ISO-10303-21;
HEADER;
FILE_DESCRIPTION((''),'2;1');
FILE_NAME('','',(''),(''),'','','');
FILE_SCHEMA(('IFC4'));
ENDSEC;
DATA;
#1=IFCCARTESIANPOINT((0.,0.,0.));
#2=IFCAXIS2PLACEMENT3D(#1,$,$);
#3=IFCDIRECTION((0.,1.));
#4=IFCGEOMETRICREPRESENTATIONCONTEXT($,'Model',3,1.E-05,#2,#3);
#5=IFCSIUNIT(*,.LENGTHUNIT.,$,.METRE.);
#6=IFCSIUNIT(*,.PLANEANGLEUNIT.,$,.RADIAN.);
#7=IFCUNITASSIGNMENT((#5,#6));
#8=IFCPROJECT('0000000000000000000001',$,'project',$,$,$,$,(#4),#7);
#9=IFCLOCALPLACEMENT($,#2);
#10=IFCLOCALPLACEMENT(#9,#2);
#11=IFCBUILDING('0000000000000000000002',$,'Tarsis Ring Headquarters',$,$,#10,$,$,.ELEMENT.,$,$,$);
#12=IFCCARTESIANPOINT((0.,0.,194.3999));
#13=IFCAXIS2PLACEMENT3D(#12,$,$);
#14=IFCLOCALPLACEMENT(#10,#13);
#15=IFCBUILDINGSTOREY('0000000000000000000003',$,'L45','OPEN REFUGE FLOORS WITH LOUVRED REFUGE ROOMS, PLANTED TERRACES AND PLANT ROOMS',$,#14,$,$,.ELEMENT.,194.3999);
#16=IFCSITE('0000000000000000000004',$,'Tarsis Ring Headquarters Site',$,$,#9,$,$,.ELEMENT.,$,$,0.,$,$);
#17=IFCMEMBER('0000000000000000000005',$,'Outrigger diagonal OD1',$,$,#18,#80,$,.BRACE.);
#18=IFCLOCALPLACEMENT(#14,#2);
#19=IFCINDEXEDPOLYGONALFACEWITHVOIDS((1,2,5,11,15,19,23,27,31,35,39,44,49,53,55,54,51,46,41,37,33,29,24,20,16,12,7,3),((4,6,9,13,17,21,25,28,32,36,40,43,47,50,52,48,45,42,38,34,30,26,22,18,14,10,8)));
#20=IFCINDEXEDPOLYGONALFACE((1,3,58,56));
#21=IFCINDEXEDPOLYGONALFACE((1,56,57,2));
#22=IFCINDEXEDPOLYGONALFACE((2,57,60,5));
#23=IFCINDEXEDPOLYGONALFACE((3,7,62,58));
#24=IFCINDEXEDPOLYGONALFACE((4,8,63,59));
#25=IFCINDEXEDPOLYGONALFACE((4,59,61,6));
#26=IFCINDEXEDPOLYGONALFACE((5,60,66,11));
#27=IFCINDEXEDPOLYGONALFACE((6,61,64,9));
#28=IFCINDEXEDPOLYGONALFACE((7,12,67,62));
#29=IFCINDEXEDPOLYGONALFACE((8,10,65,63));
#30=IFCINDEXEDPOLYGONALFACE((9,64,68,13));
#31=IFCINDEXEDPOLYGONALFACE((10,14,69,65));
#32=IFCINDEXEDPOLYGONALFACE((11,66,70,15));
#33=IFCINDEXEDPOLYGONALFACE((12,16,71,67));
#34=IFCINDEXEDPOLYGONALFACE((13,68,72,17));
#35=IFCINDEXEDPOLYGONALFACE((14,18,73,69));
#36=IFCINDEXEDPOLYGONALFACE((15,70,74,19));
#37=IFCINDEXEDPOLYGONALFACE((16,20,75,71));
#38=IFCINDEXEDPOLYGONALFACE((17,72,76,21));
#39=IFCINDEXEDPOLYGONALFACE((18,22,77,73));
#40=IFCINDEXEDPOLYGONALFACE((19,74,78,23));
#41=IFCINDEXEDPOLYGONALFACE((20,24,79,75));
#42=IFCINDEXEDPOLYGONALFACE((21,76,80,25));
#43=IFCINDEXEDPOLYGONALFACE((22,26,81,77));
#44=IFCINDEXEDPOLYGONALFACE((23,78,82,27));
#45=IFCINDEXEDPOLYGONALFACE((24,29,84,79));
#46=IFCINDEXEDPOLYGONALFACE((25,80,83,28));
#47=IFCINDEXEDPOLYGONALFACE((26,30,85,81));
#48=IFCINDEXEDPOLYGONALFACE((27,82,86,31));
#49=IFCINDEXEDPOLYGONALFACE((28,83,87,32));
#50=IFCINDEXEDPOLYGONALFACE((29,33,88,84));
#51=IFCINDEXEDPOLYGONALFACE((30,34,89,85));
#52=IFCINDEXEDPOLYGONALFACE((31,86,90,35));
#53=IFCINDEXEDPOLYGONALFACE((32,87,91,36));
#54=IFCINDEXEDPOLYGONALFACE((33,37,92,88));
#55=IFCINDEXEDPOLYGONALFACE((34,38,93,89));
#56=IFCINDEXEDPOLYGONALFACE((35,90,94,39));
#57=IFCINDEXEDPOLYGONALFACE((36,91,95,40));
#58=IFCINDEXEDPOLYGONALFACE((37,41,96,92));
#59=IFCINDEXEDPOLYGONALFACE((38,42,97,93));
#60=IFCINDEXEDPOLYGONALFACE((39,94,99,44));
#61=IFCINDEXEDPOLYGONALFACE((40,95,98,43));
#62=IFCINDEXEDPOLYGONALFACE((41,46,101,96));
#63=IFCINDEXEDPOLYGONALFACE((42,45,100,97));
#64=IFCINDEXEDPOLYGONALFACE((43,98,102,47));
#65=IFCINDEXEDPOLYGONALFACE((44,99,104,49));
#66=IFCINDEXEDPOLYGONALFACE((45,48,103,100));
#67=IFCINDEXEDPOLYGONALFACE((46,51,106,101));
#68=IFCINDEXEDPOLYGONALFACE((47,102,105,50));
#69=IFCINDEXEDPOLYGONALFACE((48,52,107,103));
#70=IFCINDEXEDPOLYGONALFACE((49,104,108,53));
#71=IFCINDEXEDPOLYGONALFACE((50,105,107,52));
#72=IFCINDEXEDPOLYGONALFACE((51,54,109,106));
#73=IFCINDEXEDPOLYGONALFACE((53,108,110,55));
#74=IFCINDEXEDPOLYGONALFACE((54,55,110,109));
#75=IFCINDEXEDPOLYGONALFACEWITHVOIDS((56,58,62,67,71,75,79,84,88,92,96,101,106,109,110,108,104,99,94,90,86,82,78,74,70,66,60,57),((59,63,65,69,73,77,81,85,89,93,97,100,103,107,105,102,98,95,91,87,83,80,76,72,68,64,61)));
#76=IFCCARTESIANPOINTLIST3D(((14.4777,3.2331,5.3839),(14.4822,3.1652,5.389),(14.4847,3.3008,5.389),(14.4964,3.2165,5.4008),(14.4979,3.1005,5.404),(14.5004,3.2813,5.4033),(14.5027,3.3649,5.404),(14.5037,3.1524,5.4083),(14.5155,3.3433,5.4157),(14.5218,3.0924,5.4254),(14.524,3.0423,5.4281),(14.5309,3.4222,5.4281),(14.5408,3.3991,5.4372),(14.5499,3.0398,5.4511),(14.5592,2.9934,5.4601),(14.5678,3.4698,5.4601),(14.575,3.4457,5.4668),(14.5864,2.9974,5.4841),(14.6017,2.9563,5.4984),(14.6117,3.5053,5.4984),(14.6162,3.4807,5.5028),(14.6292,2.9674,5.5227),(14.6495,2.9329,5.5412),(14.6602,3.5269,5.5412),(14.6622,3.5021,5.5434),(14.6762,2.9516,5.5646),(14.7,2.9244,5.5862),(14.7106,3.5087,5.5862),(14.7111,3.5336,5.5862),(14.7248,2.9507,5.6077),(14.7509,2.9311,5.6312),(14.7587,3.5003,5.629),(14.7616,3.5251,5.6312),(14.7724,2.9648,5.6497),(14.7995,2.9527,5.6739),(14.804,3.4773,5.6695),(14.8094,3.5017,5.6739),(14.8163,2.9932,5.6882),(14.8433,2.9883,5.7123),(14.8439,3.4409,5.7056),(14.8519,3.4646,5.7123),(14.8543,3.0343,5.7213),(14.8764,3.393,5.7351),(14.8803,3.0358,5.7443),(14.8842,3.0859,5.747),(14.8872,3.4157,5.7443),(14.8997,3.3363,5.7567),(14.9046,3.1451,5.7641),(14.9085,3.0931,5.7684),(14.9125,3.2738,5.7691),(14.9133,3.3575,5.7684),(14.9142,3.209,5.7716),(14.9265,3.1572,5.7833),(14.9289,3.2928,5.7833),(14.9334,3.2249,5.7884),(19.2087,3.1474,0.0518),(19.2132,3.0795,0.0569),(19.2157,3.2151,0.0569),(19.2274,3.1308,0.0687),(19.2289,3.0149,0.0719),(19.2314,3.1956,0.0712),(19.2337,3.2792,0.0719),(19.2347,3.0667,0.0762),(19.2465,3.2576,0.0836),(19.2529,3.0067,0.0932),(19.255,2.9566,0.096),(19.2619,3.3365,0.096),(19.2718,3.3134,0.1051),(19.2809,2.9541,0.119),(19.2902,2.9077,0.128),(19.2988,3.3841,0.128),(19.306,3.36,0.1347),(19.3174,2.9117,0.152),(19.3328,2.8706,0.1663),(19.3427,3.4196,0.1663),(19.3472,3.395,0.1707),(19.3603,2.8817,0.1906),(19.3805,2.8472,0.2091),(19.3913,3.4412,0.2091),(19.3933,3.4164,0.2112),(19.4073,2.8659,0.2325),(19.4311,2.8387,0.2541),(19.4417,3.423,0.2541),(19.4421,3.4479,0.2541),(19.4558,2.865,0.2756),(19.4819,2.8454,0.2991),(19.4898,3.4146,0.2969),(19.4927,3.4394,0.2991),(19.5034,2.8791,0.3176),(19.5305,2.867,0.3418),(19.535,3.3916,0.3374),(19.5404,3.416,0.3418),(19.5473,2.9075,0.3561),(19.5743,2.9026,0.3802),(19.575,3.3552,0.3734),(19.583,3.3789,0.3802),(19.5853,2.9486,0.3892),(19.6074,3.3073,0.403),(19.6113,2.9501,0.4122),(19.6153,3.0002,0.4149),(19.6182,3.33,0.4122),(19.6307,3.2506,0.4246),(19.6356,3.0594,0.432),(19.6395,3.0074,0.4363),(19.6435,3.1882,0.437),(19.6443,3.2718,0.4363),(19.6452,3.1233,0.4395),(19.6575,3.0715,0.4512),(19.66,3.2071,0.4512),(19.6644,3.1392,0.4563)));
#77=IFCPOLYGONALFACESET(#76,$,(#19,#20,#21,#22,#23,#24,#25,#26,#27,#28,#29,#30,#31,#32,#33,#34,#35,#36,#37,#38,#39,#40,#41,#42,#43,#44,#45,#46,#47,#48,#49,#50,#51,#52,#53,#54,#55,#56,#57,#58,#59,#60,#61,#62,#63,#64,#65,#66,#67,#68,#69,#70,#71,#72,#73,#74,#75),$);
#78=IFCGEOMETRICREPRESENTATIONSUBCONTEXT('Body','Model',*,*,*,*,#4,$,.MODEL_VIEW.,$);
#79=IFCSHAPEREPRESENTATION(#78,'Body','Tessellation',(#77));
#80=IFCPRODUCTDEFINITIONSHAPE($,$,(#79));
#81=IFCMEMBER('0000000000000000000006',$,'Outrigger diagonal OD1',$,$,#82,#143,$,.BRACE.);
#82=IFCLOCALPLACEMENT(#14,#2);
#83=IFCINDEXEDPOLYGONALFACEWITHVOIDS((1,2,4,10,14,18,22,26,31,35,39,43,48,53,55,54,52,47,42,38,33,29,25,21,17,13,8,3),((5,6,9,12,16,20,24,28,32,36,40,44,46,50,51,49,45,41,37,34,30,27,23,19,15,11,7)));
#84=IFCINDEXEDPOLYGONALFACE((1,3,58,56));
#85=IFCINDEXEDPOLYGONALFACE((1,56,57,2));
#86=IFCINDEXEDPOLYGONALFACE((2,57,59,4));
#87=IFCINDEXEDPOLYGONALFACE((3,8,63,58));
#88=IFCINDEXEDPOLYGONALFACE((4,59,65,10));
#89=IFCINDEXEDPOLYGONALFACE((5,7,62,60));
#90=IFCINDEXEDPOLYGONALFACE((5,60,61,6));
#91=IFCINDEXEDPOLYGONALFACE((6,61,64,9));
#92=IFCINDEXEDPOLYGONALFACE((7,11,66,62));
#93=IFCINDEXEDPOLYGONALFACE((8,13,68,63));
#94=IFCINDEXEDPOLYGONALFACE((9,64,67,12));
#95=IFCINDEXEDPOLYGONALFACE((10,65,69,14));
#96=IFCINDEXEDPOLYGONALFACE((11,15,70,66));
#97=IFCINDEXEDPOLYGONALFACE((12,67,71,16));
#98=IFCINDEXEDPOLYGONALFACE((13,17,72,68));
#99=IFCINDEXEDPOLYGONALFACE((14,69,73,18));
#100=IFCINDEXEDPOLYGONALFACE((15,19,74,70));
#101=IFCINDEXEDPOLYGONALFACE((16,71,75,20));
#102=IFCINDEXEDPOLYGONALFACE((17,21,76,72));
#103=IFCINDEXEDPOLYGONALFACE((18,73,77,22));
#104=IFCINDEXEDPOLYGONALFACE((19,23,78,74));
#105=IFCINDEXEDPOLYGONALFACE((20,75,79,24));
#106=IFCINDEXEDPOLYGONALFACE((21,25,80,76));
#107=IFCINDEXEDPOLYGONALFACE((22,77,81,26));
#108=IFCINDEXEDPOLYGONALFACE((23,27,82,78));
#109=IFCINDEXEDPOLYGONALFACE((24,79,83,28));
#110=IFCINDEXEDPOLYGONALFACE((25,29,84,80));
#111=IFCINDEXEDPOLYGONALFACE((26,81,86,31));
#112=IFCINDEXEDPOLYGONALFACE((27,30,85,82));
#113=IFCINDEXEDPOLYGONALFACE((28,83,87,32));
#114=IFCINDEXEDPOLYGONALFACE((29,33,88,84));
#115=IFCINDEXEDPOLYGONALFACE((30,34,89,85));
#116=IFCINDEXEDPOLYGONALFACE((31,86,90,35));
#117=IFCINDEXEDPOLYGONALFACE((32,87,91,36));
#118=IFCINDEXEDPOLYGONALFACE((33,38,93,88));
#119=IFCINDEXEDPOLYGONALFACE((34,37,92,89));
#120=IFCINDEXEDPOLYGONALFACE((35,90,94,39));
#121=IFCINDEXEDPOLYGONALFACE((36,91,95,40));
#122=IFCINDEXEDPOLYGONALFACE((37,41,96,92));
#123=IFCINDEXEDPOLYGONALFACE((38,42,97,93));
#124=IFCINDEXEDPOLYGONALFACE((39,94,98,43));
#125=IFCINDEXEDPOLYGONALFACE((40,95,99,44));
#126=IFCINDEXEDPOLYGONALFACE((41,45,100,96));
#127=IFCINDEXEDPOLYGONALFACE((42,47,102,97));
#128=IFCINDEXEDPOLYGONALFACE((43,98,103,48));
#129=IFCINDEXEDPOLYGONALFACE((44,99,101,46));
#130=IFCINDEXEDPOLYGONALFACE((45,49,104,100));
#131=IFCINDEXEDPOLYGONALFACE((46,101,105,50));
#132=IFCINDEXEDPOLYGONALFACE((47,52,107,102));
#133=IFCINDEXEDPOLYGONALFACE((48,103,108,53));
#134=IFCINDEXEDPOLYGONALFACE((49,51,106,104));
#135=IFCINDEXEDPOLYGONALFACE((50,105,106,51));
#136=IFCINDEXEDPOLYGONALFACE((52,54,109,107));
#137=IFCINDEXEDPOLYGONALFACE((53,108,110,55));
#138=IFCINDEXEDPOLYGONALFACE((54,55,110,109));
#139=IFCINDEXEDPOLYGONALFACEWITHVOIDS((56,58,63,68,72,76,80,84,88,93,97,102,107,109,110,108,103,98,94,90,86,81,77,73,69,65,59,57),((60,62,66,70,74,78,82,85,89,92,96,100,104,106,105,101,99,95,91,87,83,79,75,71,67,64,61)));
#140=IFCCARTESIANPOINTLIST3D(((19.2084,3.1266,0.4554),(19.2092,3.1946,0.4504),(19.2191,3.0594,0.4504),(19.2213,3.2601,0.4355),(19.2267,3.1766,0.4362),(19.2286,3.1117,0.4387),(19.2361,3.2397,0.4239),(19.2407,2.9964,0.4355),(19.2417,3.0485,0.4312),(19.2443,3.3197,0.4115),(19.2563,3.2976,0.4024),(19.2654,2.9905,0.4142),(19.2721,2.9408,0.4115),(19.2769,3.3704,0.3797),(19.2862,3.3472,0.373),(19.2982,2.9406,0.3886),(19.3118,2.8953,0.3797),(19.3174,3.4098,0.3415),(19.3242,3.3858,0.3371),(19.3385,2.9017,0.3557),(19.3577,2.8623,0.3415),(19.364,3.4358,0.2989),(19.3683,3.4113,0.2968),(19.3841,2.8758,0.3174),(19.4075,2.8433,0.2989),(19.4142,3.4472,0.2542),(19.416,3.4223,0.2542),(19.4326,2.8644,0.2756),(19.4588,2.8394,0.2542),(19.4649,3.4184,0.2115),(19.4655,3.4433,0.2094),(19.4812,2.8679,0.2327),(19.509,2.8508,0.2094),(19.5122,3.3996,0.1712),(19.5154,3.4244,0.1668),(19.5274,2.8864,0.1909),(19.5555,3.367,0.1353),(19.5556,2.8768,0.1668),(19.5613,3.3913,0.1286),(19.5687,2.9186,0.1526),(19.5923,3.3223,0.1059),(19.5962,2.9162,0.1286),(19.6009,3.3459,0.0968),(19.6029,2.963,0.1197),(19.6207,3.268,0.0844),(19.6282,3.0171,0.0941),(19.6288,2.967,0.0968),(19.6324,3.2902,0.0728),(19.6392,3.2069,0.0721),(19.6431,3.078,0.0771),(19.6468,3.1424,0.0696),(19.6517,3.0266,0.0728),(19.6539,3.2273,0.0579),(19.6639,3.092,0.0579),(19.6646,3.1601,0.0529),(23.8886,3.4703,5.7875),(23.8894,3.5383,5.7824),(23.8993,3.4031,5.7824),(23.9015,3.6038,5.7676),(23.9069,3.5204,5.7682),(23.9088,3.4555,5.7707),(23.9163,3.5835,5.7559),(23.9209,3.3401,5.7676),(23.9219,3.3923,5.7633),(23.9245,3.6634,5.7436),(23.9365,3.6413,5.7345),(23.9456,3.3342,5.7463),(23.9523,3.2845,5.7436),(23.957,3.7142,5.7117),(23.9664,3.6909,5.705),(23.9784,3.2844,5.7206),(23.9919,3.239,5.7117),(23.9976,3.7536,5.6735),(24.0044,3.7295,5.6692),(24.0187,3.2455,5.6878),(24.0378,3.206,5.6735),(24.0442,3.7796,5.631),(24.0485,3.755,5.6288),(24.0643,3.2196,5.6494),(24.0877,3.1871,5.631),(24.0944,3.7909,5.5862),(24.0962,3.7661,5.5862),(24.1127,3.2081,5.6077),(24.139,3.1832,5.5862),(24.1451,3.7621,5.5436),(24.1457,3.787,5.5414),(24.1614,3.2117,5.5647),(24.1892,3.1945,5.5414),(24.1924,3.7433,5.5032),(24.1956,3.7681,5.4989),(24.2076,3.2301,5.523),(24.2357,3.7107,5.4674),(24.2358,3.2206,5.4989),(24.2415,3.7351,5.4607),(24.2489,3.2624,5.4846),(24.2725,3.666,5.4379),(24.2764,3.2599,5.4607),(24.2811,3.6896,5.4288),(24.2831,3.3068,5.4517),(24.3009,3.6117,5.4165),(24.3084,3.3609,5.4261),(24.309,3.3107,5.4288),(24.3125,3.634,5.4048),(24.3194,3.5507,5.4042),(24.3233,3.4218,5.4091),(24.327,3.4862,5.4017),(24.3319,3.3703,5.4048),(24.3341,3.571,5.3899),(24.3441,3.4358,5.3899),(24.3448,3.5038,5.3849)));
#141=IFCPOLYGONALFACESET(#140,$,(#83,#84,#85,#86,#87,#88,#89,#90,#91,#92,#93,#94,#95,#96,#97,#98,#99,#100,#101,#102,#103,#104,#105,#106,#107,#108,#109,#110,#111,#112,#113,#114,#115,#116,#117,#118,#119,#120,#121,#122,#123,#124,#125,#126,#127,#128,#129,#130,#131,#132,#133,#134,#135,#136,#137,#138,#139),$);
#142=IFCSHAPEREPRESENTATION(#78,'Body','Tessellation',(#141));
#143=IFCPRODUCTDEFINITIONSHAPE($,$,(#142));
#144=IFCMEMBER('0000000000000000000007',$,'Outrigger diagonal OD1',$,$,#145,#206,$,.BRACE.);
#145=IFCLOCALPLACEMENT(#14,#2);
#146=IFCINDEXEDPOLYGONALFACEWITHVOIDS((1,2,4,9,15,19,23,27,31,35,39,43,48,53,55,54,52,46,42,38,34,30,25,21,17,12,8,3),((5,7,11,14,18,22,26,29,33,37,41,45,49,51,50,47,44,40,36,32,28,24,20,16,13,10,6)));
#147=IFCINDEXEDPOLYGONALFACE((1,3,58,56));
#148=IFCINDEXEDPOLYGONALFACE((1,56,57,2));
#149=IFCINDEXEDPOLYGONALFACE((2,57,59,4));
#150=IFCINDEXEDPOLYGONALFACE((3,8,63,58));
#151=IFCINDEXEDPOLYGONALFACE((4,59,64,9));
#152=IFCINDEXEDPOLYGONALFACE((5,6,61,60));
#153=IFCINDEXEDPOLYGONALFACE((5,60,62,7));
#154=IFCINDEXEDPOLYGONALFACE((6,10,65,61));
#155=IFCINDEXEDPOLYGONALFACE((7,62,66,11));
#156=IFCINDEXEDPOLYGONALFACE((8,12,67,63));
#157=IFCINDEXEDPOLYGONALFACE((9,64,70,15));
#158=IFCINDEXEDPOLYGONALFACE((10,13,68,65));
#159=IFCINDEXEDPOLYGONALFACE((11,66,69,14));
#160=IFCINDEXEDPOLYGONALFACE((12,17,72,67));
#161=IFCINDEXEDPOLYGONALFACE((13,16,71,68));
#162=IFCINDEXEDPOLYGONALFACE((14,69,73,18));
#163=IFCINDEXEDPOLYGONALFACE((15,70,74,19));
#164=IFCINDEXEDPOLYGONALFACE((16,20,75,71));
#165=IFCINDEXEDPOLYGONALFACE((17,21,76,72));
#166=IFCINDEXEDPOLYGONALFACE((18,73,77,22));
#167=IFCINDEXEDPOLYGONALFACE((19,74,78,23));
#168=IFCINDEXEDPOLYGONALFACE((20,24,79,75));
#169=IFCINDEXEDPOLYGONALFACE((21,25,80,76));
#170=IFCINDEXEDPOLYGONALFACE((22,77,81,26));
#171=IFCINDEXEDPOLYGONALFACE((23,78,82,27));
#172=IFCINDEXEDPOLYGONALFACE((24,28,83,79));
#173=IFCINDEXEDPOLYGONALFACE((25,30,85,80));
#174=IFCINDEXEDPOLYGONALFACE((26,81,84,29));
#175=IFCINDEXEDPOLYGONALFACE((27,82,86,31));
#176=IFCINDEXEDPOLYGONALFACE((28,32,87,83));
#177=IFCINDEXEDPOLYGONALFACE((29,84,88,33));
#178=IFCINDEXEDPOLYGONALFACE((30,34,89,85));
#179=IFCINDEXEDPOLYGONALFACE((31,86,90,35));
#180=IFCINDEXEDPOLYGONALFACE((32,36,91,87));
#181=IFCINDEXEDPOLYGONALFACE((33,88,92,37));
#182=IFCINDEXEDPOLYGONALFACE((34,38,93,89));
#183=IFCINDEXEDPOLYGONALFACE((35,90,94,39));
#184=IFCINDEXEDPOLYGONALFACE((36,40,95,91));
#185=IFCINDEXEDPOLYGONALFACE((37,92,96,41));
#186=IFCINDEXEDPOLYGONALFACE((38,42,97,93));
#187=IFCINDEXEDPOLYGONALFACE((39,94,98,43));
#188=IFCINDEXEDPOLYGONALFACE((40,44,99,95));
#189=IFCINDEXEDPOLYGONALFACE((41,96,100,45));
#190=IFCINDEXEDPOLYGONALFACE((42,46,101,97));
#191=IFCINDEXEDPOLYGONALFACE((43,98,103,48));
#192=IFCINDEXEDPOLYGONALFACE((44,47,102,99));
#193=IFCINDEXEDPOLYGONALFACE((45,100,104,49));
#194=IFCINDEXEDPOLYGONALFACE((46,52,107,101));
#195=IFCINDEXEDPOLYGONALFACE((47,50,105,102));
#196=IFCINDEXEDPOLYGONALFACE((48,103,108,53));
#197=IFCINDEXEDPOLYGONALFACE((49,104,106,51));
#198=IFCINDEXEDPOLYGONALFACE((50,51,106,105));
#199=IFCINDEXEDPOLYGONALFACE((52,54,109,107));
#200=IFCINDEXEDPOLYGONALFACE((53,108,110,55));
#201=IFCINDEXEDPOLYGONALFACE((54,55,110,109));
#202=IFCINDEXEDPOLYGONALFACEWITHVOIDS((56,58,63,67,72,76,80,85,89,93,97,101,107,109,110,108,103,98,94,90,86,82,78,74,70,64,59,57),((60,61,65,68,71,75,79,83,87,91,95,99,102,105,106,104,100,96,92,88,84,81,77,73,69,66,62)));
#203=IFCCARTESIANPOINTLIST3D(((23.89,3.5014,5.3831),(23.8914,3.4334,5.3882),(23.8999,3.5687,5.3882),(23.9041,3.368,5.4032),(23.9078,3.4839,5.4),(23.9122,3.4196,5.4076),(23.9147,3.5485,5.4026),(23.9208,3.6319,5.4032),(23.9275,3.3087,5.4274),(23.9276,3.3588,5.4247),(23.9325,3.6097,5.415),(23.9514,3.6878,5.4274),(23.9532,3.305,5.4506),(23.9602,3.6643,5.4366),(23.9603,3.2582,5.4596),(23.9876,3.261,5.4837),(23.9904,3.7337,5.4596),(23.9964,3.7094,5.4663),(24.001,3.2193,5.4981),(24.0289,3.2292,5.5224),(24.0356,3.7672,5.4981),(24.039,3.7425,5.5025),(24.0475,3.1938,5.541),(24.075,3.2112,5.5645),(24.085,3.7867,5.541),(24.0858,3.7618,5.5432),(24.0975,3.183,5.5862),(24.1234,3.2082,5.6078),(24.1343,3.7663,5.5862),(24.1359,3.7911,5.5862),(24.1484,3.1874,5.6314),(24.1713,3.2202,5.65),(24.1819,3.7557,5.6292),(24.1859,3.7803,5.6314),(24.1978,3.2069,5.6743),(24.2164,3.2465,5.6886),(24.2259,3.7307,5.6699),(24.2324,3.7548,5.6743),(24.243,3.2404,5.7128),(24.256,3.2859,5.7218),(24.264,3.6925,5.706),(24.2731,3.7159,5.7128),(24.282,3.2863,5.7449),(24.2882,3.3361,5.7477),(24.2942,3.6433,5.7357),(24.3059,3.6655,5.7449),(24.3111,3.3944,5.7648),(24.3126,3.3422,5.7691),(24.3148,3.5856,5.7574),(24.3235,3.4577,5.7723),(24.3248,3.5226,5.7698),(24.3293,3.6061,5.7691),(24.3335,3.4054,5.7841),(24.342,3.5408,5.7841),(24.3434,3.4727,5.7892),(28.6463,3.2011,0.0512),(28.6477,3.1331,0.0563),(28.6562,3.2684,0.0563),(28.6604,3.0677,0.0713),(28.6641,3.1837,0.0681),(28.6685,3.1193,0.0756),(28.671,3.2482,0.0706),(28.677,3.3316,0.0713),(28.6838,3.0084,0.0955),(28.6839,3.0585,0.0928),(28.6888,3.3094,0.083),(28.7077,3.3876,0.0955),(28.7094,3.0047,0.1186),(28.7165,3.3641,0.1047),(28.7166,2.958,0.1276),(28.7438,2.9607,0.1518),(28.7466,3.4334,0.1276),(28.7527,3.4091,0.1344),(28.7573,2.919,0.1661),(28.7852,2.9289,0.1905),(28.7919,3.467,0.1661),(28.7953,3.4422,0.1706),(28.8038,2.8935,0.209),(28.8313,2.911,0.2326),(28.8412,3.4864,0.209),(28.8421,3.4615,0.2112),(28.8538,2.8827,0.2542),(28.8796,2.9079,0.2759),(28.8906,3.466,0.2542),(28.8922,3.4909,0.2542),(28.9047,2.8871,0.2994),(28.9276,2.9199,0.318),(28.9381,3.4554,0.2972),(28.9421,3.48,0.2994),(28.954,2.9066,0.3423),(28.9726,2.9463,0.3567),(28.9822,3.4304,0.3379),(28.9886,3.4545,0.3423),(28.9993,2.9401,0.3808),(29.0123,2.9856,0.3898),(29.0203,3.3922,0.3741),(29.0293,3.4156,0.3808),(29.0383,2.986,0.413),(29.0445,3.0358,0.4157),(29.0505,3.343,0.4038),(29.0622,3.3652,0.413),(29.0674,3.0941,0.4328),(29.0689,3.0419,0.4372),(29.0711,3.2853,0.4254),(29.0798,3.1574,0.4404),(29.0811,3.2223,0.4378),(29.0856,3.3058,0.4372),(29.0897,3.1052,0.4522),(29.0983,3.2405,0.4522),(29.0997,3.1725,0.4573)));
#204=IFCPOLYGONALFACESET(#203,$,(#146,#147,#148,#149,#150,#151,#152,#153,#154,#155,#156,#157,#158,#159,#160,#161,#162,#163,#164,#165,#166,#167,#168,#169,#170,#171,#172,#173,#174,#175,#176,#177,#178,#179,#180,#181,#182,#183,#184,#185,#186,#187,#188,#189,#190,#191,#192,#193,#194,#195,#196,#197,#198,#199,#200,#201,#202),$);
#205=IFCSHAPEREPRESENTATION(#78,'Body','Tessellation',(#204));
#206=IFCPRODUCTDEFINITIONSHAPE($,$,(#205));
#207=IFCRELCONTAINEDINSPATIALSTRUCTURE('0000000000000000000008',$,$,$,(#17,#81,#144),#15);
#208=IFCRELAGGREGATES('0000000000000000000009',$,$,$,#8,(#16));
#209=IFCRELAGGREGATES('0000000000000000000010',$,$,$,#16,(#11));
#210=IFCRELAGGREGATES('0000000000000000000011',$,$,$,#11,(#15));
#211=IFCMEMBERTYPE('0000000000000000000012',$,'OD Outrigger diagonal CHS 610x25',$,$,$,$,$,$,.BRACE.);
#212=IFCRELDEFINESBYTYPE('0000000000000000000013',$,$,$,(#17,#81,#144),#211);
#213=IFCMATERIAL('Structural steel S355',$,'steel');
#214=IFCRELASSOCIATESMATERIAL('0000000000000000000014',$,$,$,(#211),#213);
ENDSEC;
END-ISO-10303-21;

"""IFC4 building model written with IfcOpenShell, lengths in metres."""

from ifc_helpers import new_model, si_unit, direction, frame, origin, origin_2d, place, context, subcontext, project, spatial, hollow_circle, extrude, material, material_profile, profile_set, type_object, element, save


model = new_model("IFC4")

# Units and contexts
model_context = context("Model", 3, precision=1e-05, world=origin(), true_north=direction((0.0, 1.0)))
body_context = subcontext(model_context, "Body", "Model", "MODEL_VIEW")
ifc_project = project(units=[si_unit("LENGTHUNIT", "METRE"), si_unit("PLANEANGLEUNIT", "RADIAN")], contexts=[model_context])

# Site, building, storey
site_placement = place(None, origin())
site = spatial("IfcSite", under=ifc_project, at=site_placement, Name="Tarsis Ring Headquarters Site", CompositionType="ELEMENT", RefElevation=0.0)
building_placement = place(site_placement, origin())
building = spatial("IfcBuilding", under=site, at=building_placement, Name="Tarsis Ring Headquarters", CompositionType="ELEMENT")
storey_placement = place(building_placement, frame((0.0, 0.0, 194.3999)))
storey = spatial("IfcBuildingStorey", under=building, at=storey_placement, Name="L45", Description="OPEN REFUGE FLOORS WITH LOUVRED REFUGE ROOMS, PLANTED TERRACES AND PLANT ROOMS", CompositionType="ELEMENT", Elevation=194.3999)

# Shared definitions
ifc_material_1 = material(Name="Structural steel S355", Category="steel")

# Members
ifc_material_profile_1 = material_profile(ifc_material_1, hollow_circle(Radius=0.3047, WallThickness=0.0249, at=origin_2d()), Name="CHS 610x25")
ifc_profile_set_1 = profile_set([ifc_material_profile_1], Name="Structural steel S355")
member_type_1 = type_object("IfcMemberType", Name="OD Outrigger diagonal CHS 610x25", PredefinedType="BRACE", material=ifc_profile_set_1)
member_1_placement = place(storey_placement, frame((14.7056, 3.229, 5.5862), z_axis=(0.66364, -0.012021, -0.747956), x_axis=(0.01811, 0.999836, 0.0)))
element("IfcMember", 1, at=member_1_placement, inside=storey, type_object=member_type_1, Name="Outrigger diagonal OD1", PredefinedType="BRACE", context=body_context, shape_type="SweptSolid", body=[
    extrude(hollow_circle(Radius=0.3047, WallThickness=0.0249, at=origin_2d()), origin(), (0.0, 0.0, 1.0), 7.1289),
])
member_2_placement = place(storey_placement, frame((19.4365, 3.1433, 0.2542), z_axis=(0.6589, 0.048395, 0.750672), x_axis=(-0.073251, 0.997314, 0.0)))
element("IfcMember", 2, at=member_2_placement, inside=storey, type_object=member_type_1, Name="Outrigger diagonal OD1", PredefinedType="BRACE", context=body_context, shape_type="SweptSolid", body=[
    extrude(hollow_circle(Radius=0.3047, WallThickness=0.0249, at=origin_2d()), origin(), (0.0, 0.0, 1.0), 7.103),
])
member_3_placement = place(storey_placement, frame((24.1167, 3.4871, 5.5862), z_axis=(0.665086, -0.04199, -0.745585), x_axis=(0.06301, 0.998013, 0.0)))
element("IfcMember", 3, at=member_3_placement, inside=storey, type_object=member_type_1, Name="Outrigger diagonal OD1", PredefinedType="BRACE", context=body_context, shape_type="SweptSolid", body=[
    extrude(hollow_circle(Radius=0.3047, WallThickness=0.0249, at=origin_2d()), origin(), (0.0, 0.0, 1.0), 7.1514),
])

save(model, "model.ifc")
